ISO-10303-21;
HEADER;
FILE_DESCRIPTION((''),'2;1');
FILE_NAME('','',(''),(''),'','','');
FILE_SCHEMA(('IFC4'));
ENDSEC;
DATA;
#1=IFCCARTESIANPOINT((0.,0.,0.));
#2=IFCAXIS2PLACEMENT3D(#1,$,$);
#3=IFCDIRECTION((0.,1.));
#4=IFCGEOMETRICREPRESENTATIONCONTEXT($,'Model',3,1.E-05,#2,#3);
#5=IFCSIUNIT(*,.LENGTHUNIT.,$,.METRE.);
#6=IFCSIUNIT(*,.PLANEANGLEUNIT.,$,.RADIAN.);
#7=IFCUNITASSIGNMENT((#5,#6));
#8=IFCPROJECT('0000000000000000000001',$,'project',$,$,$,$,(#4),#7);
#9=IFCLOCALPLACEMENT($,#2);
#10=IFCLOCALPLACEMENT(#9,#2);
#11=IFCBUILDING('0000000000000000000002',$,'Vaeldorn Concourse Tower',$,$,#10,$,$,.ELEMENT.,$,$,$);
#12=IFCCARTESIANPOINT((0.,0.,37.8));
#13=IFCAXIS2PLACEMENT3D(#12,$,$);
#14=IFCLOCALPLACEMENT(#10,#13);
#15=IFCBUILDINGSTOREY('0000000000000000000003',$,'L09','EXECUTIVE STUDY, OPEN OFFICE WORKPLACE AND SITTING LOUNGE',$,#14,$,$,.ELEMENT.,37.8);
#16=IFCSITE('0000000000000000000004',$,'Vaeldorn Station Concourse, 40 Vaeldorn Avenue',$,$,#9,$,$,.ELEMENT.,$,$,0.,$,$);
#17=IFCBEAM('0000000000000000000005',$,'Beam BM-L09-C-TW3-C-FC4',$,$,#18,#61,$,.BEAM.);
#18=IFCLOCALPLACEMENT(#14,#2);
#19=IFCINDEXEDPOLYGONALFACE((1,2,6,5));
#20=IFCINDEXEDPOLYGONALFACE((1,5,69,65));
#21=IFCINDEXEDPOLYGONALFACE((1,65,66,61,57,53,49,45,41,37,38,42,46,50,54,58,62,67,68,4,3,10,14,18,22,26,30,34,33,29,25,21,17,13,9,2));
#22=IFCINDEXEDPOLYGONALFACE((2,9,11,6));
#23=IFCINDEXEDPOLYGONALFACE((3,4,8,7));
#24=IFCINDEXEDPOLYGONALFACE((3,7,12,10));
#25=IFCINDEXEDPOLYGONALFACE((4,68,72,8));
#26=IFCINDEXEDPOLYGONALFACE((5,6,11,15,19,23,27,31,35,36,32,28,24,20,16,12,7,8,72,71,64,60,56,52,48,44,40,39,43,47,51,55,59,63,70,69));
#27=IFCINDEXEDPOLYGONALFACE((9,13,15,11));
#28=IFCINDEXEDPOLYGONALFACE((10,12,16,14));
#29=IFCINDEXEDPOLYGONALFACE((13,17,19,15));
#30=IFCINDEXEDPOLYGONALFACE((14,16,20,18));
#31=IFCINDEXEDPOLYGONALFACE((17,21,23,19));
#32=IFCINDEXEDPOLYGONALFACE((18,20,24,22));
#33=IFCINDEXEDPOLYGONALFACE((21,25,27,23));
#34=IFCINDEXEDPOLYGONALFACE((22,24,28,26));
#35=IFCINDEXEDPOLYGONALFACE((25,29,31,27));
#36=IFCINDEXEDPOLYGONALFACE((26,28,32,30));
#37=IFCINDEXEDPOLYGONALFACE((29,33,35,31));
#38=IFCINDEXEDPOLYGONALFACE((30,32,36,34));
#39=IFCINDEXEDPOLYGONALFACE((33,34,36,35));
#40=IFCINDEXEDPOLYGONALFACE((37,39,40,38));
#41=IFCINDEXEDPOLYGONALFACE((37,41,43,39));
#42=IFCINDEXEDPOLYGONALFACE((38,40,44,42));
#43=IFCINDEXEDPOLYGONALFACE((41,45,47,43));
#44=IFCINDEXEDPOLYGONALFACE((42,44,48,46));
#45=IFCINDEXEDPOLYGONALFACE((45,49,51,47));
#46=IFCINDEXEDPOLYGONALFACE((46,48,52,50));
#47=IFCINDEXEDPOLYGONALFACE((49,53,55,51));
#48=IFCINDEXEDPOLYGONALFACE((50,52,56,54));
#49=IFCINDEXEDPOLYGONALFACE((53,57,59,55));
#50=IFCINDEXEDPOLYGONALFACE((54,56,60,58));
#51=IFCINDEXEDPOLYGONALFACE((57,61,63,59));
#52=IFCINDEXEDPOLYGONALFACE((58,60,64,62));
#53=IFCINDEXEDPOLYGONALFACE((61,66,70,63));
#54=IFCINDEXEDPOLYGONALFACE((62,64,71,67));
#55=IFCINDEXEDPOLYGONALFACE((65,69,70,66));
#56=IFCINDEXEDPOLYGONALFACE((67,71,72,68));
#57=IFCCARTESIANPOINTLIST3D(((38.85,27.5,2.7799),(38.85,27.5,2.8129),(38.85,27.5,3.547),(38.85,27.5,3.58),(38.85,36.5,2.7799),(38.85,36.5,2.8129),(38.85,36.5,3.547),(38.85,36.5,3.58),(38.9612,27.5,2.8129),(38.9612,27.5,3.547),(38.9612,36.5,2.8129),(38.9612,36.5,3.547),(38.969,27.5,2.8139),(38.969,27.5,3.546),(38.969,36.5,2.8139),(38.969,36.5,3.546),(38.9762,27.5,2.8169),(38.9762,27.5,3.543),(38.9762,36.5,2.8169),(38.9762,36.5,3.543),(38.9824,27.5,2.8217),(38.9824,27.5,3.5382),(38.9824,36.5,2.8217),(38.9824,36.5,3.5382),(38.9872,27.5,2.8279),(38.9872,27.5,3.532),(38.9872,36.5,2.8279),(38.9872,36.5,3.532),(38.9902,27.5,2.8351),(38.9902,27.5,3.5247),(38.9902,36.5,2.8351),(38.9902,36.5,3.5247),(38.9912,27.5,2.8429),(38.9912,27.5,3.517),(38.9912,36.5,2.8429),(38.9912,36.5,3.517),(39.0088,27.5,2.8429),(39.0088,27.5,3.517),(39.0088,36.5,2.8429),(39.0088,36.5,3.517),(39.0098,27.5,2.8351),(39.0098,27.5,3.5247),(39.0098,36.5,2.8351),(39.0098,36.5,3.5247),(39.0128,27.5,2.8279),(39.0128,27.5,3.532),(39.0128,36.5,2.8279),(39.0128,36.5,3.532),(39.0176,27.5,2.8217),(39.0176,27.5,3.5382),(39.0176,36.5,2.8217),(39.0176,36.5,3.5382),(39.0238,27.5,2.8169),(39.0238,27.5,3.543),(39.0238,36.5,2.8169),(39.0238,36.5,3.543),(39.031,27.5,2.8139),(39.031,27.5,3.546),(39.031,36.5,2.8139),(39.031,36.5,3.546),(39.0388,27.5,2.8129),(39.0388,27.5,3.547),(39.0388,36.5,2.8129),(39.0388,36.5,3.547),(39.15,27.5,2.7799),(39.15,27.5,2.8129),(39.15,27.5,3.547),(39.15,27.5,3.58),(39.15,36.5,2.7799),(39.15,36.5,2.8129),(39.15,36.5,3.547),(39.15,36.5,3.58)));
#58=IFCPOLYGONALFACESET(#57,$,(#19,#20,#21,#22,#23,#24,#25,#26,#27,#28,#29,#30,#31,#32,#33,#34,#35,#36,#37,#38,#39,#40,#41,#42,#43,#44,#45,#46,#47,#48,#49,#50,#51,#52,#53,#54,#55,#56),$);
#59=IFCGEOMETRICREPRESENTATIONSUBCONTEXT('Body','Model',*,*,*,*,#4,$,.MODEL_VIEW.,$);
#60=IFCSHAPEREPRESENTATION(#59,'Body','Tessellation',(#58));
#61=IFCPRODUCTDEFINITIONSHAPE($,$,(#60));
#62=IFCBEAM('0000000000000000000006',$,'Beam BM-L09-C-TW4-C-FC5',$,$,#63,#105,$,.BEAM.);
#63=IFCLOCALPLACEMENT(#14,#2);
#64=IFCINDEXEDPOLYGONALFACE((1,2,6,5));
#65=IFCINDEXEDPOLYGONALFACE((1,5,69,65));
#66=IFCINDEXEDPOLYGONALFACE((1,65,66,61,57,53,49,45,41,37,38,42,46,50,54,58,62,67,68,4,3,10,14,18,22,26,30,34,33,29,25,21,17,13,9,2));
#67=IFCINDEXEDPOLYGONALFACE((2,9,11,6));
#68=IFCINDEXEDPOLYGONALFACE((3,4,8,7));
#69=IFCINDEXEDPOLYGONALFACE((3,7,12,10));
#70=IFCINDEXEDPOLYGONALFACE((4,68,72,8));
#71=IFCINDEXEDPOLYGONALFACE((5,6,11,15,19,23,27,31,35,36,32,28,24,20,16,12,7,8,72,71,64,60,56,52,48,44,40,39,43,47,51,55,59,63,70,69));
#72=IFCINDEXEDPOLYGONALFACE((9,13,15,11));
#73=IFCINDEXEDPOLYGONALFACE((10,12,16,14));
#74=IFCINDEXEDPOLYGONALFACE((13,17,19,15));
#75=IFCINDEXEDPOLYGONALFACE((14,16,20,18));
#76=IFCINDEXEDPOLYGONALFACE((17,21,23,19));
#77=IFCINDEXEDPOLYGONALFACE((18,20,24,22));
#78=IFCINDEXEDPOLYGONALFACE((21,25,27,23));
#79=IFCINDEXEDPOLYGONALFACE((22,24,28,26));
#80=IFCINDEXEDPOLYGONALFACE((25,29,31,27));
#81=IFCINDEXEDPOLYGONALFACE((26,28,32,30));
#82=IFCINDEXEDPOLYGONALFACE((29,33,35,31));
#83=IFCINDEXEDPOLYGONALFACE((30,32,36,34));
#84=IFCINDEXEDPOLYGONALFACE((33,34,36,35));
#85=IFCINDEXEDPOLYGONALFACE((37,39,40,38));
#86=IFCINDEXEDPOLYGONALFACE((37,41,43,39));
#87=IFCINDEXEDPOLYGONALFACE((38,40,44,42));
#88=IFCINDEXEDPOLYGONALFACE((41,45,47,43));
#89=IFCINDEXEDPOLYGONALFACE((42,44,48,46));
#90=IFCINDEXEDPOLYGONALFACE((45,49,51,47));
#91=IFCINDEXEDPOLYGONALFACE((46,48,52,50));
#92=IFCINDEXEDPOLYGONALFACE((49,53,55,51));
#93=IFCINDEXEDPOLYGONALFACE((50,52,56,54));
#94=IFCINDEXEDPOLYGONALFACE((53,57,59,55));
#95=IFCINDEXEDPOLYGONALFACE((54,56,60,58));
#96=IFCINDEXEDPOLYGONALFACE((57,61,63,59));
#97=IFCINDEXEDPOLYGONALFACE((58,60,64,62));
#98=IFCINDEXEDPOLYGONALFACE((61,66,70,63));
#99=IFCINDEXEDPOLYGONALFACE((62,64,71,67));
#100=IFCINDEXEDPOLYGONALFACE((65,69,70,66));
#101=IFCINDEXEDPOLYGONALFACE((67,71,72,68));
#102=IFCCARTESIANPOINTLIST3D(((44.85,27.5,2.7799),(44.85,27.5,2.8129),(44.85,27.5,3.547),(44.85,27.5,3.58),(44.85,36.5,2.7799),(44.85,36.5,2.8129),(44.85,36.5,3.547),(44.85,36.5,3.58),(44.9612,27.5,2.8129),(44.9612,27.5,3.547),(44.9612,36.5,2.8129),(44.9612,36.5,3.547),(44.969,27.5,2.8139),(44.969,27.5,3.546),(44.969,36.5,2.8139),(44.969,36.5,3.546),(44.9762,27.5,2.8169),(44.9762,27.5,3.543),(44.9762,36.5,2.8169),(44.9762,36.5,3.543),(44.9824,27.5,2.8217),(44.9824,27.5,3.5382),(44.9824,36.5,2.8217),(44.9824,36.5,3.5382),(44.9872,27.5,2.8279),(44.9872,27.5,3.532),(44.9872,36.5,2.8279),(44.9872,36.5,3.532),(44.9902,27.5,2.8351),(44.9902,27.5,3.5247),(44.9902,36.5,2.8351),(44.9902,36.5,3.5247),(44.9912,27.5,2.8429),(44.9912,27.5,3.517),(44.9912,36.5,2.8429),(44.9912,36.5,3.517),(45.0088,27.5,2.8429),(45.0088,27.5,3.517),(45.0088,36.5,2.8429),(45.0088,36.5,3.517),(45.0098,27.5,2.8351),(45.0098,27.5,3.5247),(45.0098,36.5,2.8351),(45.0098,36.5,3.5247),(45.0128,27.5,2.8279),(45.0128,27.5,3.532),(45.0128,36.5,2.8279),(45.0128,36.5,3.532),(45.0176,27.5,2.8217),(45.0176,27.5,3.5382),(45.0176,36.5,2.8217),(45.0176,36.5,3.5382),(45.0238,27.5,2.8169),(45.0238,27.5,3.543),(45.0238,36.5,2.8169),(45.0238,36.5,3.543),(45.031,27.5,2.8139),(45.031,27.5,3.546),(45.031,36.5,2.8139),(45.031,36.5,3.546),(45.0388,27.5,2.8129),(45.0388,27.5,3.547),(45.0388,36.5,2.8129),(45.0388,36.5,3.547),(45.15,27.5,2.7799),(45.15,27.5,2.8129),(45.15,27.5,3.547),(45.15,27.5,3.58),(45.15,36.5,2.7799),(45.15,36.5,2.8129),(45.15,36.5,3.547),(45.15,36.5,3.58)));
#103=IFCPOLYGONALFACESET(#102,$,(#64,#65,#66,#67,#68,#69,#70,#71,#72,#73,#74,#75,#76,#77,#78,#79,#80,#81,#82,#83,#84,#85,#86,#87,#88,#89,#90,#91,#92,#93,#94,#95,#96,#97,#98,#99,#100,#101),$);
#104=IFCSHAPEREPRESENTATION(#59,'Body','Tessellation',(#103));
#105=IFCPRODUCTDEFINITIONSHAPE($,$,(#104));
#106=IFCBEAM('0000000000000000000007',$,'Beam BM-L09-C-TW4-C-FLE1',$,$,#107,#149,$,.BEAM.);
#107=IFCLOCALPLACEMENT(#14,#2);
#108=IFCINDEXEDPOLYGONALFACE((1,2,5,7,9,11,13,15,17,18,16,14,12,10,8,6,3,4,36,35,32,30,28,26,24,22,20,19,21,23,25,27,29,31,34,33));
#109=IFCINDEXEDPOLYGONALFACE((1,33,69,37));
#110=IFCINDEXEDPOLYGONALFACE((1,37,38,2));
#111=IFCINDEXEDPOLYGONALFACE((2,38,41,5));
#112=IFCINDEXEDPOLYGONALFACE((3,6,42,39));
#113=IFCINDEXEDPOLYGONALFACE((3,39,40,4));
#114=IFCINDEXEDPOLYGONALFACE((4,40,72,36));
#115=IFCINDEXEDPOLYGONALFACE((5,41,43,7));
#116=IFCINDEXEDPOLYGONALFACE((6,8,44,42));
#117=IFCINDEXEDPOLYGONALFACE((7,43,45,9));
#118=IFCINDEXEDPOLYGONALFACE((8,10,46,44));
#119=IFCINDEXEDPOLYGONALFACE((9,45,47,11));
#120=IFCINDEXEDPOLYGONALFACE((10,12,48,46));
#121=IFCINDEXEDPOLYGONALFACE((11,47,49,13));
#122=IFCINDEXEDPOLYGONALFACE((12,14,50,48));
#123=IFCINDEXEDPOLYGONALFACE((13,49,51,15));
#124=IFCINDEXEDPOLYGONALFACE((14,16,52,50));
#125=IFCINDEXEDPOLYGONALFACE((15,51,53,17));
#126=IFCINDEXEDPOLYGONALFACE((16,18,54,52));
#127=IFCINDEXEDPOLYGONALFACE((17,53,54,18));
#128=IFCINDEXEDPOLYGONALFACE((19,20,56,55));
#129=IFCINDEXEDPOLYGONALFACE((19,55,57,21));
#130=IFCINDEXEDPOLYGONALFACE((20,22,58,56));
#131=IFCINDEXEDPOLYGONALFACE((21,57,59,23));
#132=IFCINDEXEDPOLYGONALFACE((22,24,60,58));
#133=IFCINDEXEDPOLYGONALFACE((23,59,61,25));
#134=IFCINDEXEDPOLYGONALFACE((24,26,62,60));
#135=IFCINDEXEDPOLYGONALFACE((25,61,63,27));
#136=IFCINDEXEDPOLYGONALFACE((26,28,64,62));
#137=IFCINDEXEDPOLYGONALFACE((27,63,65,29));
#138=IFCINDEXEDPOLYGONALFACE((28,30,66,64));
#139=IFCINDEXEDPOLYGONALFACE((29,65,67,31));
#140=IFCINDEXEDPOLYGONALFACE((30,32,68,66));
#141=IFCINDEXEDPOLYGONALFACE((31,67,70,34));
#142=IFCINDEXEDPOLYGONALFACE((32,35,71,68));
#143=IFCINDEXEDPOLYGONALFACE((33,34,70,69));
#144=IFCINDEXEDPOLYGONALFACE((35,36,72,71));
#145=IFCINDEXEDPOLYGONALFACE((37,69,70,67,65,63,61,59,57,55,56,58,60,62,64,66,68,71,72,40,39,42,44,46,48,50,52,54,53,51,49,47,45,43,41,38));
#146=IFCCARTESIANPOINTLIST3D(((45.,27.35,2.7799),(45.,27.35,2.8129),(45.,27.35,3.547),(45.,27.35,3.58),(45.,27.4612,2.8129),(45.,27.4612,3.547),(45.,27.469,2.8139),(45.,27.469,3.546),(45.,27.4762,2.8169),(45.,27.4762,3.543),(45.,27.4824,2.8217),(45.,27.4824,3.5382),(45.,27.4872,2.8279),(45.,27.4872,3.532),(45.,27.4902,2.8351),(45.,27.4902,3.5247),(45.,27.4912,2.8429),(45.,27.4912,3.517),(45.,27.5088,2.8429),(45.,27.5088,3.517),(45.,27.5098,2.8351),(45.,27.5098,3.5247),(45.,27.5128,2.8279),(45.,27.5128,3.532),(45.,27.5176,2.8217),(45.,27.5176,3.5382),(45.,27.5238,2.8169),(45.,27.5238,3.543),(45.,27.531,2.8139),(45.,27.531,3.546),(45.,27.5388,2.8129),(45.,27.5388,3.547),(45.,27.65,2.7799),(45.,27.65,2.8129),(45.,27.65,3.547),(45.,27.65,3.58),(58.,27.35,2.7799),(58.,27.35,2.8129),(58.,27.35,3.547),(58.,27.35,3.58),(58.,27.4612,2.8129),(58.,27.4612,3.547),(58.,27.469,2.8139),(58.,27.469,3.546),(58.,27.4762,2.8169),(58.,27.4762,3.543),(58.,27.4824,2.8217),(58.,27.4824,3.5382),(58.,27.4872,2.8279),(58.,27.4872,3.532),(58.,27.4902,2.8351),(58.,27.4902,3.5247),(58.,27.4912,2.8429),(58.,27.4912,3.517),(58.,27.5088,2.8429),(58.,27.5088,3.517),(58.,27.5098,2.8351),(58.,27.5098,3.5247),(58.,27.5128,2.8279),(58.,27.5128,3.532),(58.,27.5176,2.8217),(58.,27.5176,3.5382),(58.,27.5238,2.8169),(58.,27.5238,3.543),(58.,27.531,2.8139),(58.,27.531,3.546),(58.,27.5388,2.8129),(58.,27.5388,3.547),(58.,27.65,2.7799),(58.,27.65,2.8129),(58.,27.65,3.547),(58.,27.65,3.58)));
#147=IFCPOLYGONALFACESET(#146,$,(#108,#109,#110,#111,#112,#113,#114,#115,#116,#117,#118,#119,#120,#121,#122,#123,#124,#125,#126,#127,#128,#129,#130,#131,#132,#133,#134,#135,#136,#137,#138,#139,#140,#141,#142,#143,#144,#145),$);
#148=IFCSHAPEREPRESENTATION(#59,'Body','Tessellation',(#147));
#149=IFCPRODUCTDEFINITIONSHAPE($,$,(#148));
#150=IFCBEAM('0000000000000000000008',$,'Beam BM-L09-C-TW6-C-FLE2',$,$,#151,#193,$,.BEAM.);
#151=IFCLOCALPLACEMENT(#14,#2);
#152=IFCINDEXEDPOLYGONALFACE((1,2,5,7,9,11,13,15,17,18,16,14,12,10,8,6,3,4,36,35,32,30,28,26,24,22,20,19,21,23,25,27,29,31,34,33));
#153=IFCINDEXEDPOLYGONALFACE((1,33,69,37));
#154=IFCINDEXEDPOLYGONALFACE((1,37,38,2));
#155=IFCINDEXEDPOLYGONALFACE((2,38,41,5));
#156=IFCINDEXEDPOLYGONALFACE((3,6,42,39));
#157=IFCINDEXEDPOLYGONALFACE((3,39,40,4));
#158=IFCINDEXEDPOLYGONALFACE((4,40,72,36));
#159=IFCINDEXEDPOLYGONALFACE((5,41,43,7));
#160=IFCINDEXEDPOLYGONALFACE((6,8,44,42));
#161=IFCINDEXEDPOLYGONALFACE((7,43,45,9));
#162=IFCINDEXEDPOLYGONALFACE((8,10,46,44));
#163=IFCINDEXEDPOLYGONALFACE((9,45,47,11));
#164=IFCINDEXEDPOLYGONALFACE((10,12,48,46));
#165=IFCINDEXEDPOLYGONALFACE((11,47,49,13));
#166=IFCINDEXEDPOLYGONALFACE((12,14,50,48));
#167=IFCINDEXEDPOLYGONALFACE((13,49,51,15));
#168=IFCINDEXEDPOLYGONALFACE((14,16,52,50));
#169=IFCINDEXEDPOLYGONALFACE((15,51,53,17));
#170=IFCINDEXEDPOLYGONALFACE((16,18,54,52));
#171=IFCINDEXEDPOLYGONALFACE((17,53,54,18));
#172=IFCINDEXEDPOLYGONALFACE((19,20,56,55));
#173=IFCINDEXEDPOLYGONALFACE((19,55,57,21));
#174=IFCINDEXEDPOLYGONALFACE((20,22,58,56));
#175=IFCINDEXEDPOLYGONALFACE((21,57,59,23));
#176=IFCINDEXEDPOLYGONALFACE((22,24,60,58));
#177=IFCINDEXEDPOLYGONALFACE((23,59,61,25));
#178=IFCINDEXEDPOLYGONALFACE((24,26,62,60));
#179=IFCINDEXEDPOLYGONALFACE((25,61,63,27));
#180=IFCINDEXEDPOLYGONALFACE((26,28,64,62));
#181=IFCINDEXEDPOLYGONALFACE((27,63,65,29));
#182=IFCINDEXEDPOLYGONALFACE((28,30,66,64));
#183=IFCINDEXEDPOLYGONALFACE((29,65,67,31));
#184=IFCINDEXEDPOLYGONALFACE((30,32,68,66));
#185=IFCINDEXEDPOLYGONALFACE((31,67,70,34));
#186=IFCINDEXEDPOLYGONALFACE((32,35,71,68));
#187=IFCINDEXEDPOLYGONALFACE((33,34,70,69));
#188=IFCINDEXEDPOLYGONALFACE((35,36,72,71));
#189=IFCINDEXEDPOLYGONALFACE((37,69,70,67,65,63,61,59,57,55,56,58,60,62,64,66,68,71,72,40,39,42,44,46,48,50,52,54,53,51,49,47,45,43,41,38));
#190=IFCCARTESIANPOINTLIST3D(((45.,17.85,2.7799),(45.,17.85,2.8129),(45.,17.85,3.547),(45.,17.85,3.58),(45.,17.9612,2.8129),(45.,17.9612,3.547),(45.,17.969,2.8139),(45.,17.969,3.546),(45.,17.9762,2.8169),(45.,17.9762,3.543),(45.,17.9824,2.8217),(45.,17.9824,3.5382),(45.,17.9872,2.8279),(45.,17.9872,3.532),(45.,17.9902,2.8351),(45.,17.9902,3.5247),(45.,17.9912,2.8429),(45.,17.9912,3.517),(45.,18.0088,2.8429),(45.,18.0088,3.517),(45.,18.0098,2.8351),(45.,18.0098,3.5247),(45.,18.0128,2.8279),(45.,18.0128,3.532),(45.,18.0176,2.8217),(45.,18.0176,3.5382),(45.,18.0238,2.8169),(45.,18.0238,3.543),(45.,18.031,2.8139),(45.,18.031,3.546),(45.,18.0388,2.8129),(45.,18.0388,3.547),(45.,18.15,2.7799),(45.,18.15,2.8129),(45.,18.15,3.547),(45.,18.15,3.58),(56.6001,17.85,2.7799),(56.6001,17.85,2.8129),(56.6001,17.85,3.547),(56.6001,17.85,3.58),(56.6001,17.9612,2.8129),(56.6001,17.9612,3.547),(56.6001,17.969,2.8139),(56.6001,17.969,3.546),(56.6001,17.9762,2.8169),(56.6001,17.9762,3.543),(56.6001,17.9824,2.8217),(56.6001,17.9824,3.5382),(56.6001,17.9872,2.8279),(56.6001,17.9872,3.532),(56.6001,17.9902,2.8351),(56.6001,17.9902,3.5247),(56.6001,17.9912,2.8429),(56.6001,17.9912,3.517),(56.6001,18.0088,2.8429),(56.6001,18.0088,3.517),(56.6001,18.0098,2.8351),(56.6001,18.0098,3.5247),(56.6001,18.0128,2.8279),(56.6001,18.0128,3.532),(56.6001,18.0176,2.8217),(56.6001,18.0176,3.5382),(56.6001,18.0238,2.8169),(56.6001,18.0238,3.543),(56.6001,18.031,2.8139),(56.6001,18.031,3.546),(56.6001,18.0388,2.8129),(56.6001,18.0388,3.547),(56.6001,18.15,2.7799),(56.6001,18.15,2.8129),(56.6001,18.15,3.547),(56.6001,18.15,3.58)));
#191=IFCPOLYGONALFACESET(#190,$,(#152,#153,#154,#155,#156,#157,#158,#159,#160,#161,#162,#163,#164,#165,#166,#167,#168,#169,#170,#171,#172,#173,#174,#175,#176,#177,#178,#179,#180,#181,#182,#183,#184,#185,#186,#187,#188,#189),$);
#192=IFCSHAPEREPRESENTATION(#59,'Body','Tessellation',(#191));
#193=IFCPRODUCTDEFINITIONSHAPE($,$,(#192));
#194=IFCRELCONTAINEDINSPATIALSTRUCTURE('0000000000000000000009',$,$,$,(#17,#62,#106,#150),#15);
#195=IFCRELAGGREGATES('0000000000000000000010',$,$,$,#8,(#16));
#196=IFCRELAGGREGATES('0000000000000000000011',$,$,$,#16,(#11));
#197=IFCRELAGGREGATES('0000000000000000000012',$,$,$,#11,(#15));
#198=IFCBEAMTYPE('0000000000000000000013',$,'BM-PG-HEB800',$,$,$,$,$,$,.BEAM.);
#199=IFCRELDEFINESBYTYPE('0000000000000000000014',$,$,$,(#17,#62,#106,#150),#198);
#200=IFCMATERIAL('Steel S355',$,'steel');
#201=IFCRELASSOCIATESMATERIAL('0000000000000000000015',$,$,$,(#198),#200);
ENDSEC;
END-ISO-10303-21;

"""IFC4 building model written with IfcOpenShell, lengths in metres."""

from ifc_helpers import new_model, si_unit, direction, frame, origin, origin_2d, place, context, subcontext, project, spatial, i_section, extrude, source, transform, mapped, material, material_profile, profile_set, type_object, element, save


model = new_model("IFC4")

# Units and contexts
model_context = context("Model", 3, precision=1e-05, world=origin(), true_north=direction((0.0, 1.0)))
body_context = subcontext(model_context, "Body", "Model", "MODEL_VIEW")
ifc_project = project(units=[si_unit("LENGTHUNIT", "METRE"), si_unit("PLANEANGLEUNIT", "RADIAN")], contexts=[model_context])

# Site, building, storey
site_placement = place(None, origin())
site = spatial("IfcSite", under=ifc_project, at=site_placement, Name="Vaeldorn Station Concourse, 40 Vaeldorn Avenue", CompositionType="ELEMENT", RefElevation=0.0)
building_placement = place(site_placement, origin())
building = spatial("IfcBuilding", under=site, at=building_placement, Name="Vaeldorn Concourse Tower", CompositionType="ELEMENT")
storey_placement = place(building_placement, frame((0.0, 0.0, 37.8)))
storey = spatial("IfcBuildingStorey", under=building, at=storey_placement, Name="L09", Description="EXECUTIVE STUDY, OPEN OFFICE WORKPLACE AND SITTING LOUNGE", CompositionType="ELEMENT", Elevation=37.8)

# Beams
ifc_material_1 = material(Name="Steel S355", Category="steel")
ifc_material_profile_1 = material_profile(ifc_material_1, i_section(OverallWidth=0.3, OverallDepth=0.8, WebThickness=0.0176, FlangeThickness=0.033, FilletRadius=0.03, at=origin_2d()), Name="HEB 800")
ifc_profile_set_1 = profile_set([ifc_material_profile_1], Name="Steel S355")
beam_type_1 = type_object("IfcBeamType", Name="BM-PG-HEB800", PredefinedType="BEAM", material=ifc_profile_set_1)
shared_shape_1 = source(origin(), body_context, "Body", "SweptSolid", [
    extrude(i_section(OverallWidth=0.3, OverallDepth=0.8, WebThickness=0.0176, FlangeThickness=0.033, FilletRadius=0.03, at=origin_2d()), origin(), (0.0, 0.0, 1.0), 9.0),
])
for number, where, z_axis, x_axis, name in (
    (1, (39.0, 27.5, 3.1799), (0.0, 1.0, 0.0), (-1.0, 0.0, 0.0), "Beam BM-L09-C-TW3-C-FC4"),
    (2, (45.0, 27.5, 3.1799), (0.0, 1.0, 0.0), (-1.0, 0.0, 0.0), "Beam BM-L09-C-TW4-C-FC5"),
):
    element("IfcBeam", number, at=place(storey_placement, frame(where, z_axis=z_axis, x_axis=x_axis)), inside=storey, type_object=beam_type_1, Name=name, PredefinedType="BEAM", context=body_context, shape_type="MappedRepresentation", body=[
        mapped(shared_shape_1, transform((0.0, 0.0, 0.0), scale=1.0)),
    ])
shared_shape_2 = source(origin(), body_context, "Body", "SweptSolid", [
    extrude(i_section(OverallWidth=0.3, OverallDepth=0.8, WebThickness=0.0176, FlangeThickness=0.033, FilletRadius=0.03, at=origin_2d()), origin(), (0.0, 0.0, 1.0), 13.0),
])
beam_1_placement = place(storey_placement, frame((45.0, 27.5, 3.1799), z_axis=(1.0, 0.0, 0.0), x_axis=(0.0, 1.0, 0.0)))
element("IfcBeam", 3, at=beam_1_placement, inside=storey, type_object=beam_type_1, Name="Beam BM-L09-C-TW4-C-FLE1", PredefinedType="BEAM", context=body_context, shape_type="MappedRepresentation", body=[
    mapped(shared_shape_2, transform((0.0, 0.0, 0.0), scale=1.0)),
])
shared_shape_3 = source(origin(), body_context, "Body", "SweptSolid", [
    extrude(i_section(OverallWidth=0.3, OverallDepth=0.8, WebThickness=0.0176, FlangeThickness=0.033, FilletRadius=0.03, at=origin_2d()), origin(), (0.0, 0.0, 1.0), 11.6001),
])
beam_2_placement = place(storey_placement, frame((45.0, 18.0, 3.1799), z_axis=(1.0, 0.0, 0.0), x_axis=(0.0, 1.0, 0.0)))
element("IfcBeam", 4, at=beam_2_placement, inside=storey, type_object=beam_type_1, Name="Beam BM-L09-C-TW6-C-FLE2", PredefinedType="BEAM", context=body_context, shape_type="MappedRepresentation", body=[
    mapped(shared_shape_3, transform((0.0, 0.0, 0.0), scale=1.0)),
])

save(model, "model.ifc")
